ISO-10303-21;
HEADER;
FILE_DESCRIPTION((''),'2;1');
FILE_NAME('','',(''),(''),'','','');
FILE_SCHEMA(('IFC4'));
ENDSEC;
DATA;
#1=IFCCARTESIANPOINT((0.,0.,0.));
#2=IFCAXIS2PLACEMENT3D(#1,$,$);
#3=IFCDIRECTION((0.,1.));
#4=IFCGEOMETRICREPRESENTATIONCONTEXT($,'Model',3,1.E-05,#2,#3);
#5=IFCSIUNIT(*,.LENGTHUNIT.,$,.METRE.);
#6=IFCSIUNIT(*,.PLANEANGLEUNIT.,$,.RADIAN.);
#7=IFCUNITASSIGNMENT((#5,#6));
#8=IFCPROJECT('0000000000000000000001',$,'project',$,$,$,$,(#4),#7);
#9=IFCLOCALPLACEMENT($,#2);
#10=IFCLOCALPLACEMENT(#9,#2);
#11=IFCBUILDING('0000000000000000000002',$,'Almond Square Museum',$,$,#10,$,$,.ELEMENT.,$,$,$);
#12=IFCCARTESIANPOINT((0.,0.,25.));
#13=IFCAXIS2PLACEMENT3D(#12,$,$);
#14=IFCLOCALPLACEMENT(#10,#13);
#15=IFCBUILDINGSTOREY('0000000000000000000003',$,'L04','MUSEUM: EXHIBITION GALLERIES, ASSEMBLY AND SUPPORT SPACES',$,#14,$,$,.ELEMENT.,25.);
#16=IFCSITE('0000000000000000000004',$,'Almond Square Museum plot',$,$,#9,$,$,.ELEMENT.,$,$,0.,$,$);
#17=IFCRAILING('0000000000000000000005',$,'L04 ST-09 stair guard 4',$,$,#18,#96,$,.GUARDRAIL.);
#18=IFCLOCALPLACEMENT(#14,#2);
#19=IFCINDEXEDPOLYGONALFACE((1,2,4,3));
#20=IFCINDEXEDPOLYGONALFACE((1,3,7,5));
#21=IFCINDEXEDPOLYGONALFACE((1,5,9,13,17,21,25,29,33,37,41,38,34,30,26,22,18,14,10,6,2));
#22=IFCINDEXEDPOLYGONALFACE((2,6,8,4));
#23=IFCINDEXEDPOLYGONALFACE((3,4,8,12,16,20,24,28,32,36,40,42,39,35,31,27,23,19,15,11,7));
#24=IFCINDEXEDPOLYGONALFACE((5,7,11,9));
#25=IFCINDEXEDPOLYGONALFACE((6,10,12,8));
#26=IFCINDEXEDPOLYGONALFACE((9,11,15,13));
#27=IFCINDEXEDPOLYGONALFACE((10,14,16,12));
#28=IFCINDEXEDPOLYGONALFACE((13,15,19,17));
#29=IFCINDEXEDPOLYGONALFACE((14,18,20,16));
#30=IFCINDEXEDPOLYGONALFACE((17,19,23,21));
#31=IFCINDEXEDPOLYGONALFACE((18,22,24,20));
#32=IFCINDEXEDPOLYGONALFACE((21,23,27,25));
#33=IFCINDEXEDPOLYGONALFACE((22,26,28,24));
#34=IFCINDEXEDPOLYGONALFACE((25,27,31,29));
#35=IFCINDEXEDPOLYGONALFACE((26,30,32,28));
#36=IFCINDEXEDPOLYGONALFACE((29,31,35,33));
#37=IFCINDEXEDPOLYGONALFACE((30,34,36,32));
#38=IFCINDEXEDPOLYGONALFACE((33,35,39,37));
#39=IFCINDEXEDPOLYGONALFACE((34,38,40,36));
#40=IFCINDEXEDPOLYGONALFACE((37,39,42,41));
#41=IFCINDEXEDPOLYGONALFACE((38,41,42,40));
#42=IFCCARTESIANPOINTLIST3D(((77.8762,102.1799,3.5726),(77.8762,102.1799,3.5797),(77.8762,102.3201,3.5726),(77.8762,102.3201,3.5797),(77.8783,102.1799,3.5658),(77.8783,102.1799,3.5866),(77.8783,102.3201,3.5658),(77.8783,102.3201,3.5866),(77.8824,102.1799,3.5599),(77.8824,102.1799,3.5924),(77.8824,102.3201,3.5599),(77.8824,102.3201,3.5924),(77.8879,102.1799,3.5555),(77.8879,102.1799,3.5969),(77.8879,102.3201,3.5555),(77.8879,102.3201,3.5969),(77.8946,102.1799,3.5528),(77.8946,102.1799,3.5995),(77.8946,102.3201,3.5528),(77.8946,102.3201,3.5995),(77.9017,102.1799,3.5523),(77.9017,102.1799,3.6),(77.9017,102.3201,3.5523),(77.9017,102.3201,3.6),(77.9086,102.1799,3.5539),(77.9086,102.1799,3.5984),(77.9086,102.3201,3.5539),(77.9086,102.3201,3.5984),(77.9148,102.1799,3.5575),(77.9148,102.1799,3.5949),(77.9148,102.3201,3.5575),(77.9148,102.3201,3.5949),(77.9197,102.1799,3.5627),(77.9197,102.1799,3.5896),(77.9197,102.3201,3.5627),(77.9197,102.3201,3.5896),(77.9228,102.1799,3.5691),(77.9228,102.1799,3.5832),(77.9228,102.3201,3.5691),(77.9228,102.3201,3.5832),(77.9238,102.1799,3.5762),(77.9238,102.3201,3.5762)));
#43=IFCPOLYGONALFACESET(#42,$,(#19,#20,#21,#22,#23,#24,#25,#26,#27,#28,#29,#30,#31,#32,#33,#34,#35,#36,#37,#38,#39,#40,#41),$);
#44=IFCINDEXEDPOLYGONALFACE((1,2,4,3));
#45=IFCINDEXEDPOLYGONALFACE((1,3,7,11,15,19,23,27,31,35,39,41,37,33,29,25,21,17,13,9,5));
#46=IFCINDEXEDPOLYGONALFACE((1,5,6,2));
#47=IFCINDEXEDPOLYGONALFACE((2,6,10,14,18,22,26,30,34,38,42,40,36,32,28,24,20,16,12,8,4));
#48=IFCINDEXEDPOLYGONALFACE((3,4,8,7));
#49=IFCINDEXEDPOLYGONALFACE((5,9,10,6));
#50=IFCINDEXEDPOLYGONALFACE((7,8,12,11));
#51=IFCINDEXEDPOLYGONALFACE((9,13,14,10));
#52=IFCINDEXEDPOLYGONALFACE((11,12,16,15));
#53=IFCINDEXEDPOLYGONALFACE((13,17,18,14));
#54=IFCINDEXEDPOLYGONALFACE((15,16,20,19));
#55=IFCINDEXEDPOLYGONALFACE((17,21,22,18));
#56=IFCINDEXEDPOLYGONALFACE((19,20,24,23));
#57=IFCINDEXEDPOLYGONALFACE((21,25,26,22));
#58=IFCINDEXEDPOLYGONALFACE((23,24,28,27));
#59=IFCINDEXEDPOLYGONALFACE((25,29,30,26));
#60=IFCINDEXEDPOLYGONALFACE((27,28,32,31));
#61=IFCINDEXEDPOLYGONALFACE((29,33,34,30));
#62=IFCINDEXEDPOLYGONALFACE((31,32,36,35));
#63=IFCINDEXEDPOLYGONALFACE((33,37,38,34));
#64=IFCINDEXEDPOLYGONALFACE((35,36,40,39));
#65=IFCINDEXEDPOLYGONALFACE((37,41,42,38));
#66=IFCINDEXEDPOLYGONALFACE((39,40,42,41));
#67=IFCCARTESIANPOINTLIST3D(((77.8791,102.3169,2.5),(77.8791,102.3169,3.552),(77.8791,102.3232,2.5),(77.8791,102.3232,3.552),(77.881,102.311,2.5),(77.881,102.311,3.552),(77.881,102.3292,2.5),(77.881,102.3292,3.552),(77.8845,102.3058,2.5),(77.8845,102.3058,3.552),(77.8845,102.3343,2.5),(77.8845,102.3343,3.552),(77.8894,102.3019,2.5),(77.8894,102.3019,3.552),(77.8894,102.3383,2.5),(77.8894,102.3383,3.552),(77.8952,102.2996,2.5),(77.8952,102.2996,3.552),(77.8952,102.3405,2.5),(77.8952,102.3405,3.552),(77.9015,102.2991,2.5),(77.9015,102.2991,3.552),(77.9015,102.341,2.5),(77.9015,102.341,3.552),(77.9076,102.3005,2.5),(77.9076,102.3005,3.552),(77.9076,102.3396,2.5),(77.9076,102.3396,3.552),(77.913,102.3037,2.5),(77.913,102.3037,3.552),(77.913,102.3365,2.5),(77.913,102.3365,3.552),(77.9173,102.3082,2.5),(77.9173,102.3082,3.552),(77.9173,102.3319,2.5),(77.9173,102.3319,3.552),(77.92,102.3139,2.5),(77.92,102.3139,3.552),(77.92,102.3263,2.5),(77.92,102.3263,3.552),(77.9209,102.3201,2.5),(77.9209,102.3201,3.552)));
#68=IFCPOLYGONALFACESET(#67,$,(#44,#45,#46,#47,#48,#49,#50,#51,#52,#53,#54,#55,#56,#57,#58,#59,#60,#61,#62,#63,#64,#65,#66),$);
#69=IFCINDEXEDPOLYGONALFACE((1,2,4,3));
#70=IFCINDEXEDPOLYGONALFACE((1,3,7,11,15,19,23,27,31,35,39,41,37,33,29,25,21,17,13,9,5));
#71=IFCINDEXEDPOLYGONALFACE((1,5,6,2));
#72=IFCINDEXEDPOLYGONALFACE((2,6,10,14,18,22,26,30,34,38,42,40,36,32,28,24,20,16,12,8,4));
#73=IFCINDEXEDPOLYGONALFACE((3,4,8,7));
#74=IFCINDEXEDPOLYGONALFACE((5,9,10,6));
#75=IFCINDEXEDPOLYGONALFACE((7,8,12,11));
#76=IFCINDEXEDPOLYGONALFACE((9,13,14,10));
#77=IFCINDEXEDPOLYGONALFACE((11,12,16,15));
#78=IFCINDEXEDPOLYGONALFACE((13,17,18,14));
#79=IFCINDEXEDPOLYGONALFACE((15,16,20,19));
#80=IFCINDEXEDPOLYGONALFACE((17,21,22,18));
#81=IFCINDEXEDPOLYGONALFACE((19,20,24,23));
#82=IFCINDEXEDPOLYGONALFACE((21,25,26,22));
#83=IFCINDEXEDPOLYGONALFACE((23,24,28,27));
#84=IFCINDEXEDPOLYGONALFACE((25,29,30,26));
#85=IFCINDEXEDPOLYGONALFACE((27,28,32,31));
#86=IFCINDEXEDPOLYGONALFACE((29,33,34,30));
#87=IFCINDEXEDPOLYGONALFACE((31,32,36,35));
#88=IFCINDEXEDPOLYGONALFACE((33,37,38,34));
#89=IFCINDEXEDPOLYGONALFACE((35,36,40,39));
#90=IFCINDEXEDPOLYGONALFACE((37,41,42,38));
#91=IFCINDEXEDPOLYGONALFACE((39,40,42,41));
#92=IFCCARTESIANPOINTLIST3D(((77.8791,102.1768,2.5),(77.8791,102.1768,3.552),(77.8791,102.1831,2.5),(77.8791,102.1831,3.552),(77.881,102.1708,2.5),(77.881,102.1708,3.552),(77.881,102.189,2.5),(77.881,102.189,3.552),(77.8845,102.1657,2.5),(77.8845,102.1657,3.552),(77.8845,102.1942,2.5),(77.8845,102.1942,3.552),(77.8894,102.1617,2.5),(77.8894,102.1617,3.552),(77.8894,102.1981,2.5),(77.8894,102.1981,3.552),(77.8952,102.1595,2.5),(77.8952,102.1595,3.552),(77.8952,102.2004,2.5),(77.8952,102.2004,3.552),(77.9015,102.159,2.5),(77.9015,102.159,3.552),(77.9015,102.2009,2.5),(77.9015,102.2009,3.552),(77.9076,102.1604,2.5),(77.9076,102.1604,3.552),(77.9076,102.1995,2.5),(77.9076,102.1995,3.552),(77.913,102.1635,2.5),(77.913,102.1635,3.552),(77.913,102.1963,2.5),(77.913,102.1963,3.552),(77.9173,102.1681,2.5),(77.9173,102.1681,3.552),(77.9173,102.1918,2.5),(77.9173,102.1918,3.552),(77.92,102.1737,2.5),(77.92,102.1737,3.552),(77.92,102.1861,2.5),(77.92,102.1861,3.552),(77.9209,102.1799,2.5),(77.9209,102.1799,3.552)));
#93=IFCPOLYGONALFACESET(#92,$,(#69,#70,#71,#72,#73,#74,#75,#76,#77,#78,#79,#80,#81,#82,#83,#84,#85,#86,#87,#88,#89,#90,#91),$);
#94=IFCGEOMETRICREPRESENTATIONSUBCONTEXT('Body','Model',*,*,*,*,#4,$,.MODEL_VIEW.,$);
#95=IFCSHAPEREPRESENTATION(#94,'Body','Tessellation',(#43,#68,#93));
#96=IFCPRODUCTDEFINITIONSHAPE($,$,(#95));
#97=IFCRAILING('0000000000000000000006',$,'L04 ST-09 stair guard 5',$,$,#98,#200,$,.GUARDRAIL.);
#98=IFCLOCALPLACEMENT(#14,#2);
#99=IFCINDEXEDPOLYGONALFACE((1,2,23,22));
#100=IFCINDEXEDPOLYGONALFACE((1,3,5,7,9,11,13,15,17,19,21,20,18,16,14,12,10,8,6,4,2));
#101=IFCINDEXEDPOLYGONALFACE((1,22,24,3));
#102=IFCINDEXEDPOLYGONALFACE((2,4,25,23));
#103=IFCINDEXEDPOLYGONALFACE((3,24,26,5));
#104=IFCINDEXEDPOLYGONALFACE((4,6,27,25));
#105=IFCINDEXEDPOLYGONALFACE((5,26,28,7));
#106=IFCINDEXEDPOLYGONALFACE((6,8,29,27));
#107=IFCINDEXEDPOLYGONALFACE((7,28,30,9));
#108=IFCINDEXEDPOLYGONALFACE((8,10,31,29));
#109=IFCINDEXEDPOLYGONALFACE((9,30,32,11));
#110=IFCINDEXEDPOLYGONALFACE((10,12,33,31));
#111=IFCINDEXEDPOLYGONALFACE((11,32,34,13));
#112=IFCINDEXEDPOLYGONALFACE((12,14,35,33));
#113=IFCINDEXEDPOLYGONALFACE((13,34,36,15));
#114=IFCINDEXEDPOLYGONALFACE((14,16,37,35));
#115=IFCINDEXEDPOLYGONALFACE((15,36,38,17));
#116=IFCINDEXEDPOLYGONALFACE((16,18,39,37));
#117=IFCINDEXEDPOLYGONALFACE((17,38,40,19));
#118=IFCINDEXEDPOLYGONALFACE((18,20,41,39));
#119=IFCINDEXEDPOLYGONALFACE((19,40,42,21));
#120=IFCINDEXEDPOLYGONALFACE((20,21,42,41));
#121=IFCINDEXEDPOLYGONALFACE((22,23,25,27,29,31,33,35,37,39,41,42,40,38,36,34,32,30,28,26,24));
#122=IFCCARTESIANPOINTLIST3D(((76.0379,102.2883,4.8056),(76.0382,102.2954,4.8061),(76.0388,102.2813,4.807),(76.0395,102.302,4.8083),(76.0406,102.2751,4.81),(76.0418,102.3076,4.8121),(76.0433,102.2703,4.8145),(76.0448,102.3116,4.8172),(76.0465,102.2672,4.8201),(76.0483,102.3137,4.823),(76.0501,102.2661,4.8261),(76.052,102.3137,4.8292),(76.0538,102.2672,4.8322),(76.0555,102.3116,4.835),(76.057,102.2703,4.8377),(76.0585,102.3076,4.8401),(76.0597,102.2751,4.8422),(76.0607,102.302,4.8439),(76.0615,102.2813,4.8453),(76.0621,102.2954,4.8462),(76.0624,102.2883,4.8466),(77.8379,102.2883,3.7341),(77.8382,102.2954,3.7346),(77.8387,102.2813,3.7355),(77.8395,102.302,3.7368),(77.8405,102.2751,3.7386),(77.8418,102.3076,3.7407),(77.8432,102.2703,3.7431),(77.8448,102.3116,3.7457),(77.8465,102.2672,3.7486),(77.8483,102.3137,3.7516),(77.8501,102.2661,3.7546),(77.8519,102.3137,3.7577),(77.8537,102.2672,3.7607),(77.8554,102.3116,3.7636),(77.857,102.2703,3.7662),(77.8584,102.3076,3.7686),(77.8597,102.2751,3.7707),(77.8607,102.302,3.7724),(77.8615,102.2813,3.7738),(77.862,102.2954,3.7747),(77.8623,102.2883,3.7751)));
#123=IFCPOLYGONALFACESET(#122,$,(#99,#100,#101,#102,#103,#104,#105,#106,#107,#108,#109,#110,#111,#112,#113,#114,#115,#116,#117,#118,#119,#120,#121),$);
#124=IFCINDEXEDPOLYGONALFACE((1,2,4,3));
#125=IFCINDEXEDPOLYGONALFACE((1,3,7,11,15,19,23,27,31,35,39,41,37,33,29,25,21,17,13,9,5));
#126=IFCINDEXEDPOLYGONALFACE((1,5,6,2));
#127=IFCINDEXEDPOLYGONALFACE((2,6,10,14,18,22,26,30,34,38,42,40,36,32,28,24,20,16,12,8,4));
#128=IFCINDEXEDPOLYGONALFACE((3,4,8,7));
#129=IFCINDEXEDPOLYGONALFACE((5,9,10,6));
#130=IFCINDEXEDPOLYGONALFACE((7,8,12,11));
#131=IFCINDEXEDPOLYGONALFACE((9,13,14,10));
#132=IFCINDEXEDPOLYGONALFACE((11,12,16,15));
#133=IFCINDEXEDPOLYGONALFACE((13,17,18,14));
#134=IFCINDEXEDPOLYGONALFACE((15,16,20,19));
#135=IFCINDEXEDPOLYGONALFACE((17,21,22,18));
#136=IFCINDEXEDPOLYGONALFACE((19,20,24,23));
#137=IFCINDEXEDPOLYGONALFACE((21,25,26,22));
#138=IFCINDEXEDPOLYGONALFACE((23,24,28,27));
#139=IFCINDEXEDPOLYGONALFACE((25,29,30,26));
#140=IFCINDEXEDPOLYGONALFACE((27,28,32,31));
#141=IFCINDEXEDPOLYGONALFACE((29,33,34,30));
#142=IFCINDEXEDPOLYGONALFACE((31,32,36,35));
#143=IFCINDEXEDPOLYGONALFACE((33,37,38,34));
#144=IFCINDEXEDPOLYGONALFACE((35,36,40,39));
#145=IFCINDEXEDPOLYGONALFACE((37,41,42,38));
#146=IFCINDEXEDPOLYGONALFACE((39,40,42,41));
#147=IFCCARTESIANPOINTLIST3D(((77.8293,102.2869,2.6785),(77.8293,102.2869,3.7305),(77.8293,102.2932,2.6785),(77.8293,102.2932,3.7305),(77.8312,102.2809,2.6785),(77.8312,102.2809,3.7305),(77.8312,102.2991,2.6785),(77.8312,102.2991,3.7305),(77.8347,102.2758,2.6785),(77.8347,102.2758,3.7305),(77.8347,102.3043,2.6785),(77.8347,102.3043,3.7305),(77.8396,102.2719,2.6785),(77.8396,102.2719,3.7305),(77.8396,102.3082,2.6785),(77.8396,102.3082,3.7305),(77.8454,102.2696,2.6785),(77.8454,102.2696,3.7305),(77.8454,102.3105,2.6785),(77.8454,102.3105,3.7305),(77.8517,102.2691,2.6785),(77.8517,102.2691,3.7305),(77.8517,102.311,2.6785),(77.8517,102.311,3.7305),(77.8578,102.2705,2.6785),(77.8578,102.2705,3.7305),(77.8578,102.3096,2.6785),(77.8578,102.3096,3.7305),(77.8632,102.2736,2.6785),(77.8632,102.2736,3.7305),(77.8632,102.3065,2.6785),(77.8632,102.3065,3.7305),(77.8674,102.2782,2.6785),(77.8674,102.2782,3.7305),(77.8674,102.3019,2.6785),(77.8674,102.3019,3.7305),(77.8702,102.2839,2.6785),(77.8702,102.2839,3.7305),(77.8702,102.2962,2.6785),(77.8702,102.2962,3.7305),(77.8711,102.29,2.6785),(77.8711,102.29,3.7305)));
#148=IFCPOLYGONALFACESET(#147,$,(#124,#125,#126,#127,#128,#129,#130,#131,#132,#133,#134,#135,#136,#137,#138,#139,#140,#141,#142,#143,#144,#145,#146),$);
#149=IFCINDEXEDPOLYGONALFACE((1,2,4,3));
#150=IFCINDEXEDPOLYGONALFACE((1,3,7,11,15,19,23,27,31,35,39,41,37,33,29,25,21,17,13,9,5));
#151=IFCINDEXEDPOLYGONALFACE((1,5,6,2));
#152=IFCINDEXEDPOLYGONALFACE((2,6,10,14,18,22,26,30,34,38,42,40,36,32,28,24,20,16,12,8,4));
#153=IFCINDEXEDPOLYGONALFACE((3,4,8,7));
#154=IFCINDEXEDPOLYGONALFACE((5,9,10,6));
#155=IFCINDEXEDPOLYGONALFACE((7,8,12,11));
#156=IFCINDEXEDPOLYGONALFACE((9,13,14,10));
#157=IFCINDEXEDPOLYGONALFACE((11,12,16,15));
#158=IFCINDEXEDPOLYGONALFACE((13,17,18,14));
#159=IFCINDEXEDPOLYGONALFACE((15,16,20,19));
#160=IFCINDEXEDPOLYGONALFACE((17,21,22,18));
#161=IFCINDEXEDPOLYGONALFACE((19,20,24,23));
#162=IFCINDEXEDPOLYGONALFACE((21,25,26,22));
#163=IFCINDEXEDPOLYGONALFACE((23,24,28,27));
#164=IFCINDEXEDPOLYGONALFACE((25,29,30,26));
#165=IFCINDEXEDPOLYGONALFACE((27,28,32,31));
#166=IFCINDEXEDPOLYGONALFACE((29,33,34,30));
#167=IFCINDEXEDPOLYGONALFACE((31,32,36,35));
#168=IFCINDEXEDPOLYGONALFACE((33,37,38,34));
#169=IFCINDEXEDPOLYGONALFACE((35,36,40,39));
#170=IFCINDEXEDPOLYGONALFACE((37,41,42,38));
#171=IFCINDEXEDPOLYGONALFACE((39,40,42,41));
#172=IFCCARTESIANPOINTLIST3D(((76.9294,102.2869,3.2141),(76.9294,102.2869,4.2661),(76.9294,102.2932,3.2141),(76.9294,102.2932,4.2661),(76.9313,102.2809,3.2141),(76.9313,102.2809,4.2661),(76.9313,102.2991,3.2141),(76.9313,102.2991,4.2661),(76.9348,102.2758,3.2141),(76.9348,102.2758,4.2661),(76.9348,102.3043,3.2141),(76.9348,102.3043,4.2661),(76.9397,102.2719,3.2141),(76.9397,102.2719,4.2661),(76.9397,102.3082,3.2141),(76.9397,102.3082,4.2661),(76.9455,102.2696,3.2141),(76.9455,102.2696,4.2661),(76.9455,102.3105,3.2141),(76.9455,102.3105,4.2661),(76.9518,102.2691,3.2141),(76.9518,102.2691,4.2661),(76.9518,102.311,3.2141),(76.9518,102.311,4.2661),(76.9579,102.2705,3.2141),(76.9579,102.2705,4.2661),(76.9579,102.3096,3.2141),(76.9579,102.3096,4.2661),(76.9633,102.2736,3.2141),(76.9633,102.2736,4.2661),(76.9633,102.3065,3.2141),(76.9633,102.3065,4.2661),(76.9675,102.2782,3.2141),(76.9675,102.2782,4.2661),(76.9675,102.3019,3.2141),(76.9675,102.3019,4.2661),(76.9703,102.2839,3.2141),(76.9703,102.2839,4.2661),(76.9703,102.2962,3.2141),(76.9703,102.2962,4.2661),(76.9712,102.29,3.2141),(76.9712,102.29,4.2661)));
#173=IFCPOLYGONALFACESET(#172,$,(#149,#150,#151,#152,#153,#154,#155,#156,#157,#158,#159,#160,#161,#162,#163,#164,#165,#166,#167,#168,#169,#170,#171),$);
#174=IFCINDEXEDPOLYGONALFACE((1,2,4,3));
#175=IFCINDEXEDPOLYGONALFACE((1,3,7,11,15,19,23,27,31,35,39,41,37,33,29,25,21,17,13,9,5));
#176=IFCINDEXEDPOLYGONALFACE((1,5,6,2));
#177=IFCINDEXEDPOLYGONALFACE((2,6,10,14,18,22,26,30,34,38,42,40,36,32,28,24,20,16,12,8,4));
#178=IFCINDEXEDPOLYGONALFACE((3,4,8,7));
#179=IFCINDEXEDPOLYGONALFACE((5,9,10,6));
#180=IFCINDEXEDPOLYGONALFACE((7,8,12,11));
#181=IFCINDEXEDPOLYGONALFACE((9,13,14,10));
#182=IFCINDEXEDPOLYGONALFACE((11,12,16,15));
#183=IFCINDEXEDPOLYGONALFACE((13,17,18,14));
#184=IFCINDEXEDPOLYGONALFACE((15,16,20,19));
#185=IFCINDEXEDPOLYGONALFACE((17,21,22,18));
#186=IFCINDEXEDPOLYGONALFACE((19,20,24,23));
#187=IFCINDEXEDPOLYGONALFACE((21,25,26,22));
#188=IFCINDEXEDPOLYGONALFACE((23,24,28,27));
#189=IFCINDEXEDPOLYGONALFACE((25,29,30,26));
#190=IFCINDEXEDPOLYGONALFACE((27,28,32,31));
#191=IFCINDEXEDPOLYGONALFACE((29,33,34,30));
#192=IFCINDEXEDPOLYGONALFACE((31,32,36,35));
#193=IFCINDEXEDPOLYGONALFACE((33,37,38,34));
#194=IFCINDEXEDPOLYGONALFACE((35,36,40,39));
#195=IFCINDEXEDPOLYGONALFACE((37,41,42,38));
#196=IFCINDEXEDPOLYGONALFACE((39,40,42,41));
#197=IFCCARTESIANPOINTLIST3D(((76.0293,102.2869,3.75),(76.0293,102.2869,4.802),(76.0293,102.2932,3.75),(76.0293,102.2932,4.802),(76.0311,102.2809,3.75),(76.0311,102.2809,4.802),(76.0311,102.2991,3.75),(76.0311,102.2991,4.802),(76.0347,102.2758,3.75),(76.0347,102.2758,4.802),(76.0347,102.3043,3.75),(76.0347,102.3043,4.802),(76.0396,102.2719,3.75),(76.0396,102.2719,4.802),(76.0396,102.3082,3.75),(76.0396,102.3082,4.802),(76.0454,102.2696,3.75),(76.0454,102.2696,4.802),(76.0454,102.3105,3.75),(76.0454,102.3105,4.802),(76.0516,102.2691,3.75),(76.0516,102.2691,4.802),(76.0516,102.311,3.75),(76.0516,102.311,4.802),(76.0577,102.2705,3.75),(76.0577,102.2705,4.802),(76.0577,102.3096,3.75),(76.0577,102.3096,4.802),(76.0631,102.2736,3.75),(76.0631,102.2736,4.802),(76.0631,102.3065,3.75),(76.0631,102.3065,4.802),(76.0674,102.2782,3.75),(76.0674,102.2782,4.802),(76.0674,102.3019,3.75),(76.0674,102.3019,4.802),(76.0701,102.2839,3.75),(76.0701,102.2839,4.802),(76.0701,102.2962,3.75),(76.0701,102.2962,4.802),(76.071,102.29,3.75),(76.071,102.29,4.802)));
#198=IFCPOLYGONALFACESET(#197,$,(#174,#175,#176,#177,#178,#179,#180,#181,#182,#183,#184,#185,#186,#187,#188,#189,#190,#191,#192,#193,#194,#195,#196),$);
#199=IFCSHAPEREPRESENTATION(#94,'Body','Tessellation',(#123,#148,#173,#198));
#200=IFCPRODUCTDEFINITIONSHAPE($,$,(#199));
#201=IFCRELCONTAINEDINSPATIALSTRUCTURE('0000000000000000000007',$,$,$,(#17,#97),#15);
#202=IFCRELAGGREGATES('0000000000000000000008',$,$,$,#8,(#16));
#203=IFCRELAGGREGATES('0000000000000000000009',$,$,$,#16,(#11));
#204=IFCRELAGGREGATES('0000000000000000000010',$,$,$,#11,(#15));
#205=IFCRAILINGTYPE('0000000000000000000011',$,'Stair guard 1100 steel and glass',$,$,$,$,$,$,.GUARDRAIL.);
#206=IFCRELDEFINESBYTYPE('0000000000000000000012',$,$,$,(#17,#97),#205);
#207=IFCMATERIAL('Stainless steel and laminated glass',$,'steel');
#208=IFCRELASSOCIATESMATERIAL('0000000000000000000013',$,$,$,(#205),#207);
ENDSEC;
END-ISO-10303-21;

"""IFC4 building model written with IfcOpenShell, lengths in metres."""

from ifc_helpers import new_model, si_unit, direction, frame, origin, origin_2d, place, context, subcontext, project, spatial, circle, extrude, material, type_object, element, save


model = new_model("IFC4")

# Units and contexts
model_context = context("Model", 3, precision=1e-05, world=origin(), true_north=direction((0.0, 1.0)))
body_context = subcontext(model_context, "Body", "Model", "MODEL_VIEW")
ifc_project = project(units=[si_unit("LENGTHUNIT", "METRE"), si_unit("PLANEANGLEUNIT", "RADIAN")], contexts=[model_context])

# Site, building, storey
site_placement = place(None, origin())
site = spatial("IfcSite", under=ifc_project, at=site_placement, Name="Almond Square Museum plot", CompositionType="ELEMENT", RefElevation=0.0)
building_placement = place(site_placement, origin())
building = spatial("IfcBuilding", under=site, at=building_placement, Name="Almond Square Museum", CompositionType="ELEMENT")
storey_placement = place(building_placement, frame((0.0, 0.0, 25.0)))
storey = spatial("IfcBuildingStorey", under=building, at=storey_placement, Name="L04", Description="MUSEUM: EXHIBITION GALLERIES, ASSEMBLY AND SUPPORT SPACES", CompositionType="ELEMENT", Elevation=25.0)

# Railings
ifc_material_1 = material(Name="Stainless steel and laminated glass", Category="steel")
railing_type_1 = type_object("IfcRailingType", Name="Stair guard 1100 steel and glass", PredefinedType="GUARDRAIL", material=ifc_material_1)
for number, where, name in (
    (1, (77.8999, 102.3201, 2.5), "L04 ST-09 stair guard 4"),
):
    element("IfcRailing", number, at=place(storey_placement, frame(where)), inside=storey, type_object=railing_type_1, Name=name, PredefinedType="GUARDRAIL", context=body_context, shape_type="SweptSolid", body=[
        extrude(circle(Radius=0.0239, at=origin_2d()), frame((0.0, 0.0, 1.0762), z_axis=(0.0, -1.0, 0.0), x_axis=(1.0, 0.0, 0.0)), (0.0, 0.0, 1.0), 0.1401),
        extrude(circle(Radius=0.021, at=origin_2d()), origin(), (0.0, 0.0, 1.0), 1.052),
        extrude(circle(Radius=0.021, at=origin_2d()), frame((0.0, -0.1401, 0.0)), (0.0, 0.0, 1.0), 1.052),
    ])
railing_1_placement = place(storey_placement, frame((77.8501, 102.29, 2.6785)))
element("IfcRailing", 2, at=railing_1_placement, inside=storey, type_object=railing_type_1, Name="L04 ST-09 stair guard 5", PredefinedType="GUARDRAIL", context=body_context, shape_type="SweptSolid", body=[
    extrude(circle(Radius=0.0239, at=origin_2d()), frame((0.0, 0.0, 1.0762), z_axis=(-0.859277, 0.0, 0.51151), x_axis=(0.0, -1.0, 0.0)), (0.0, 0.0, 1.0), 2.0947),
    extrude(circle(Radius=0.021, at=origin_2d()), origin(), (0.0, 0.0, 1.0), 1.052),
    extrude(circle(Radius=0.021, at=origin_2d()), frame((-0.8999, 0.0, 0.5356)), (0.0, 0.0, 1.0), 1.052),
    extrude(circle(Radius=0.021, at=origin_2d()), frame((-1.8, 0.0, 1.0715)), (0.0, 0.0, 1.0), 1.052),
])

save(model, "model.ifc")
